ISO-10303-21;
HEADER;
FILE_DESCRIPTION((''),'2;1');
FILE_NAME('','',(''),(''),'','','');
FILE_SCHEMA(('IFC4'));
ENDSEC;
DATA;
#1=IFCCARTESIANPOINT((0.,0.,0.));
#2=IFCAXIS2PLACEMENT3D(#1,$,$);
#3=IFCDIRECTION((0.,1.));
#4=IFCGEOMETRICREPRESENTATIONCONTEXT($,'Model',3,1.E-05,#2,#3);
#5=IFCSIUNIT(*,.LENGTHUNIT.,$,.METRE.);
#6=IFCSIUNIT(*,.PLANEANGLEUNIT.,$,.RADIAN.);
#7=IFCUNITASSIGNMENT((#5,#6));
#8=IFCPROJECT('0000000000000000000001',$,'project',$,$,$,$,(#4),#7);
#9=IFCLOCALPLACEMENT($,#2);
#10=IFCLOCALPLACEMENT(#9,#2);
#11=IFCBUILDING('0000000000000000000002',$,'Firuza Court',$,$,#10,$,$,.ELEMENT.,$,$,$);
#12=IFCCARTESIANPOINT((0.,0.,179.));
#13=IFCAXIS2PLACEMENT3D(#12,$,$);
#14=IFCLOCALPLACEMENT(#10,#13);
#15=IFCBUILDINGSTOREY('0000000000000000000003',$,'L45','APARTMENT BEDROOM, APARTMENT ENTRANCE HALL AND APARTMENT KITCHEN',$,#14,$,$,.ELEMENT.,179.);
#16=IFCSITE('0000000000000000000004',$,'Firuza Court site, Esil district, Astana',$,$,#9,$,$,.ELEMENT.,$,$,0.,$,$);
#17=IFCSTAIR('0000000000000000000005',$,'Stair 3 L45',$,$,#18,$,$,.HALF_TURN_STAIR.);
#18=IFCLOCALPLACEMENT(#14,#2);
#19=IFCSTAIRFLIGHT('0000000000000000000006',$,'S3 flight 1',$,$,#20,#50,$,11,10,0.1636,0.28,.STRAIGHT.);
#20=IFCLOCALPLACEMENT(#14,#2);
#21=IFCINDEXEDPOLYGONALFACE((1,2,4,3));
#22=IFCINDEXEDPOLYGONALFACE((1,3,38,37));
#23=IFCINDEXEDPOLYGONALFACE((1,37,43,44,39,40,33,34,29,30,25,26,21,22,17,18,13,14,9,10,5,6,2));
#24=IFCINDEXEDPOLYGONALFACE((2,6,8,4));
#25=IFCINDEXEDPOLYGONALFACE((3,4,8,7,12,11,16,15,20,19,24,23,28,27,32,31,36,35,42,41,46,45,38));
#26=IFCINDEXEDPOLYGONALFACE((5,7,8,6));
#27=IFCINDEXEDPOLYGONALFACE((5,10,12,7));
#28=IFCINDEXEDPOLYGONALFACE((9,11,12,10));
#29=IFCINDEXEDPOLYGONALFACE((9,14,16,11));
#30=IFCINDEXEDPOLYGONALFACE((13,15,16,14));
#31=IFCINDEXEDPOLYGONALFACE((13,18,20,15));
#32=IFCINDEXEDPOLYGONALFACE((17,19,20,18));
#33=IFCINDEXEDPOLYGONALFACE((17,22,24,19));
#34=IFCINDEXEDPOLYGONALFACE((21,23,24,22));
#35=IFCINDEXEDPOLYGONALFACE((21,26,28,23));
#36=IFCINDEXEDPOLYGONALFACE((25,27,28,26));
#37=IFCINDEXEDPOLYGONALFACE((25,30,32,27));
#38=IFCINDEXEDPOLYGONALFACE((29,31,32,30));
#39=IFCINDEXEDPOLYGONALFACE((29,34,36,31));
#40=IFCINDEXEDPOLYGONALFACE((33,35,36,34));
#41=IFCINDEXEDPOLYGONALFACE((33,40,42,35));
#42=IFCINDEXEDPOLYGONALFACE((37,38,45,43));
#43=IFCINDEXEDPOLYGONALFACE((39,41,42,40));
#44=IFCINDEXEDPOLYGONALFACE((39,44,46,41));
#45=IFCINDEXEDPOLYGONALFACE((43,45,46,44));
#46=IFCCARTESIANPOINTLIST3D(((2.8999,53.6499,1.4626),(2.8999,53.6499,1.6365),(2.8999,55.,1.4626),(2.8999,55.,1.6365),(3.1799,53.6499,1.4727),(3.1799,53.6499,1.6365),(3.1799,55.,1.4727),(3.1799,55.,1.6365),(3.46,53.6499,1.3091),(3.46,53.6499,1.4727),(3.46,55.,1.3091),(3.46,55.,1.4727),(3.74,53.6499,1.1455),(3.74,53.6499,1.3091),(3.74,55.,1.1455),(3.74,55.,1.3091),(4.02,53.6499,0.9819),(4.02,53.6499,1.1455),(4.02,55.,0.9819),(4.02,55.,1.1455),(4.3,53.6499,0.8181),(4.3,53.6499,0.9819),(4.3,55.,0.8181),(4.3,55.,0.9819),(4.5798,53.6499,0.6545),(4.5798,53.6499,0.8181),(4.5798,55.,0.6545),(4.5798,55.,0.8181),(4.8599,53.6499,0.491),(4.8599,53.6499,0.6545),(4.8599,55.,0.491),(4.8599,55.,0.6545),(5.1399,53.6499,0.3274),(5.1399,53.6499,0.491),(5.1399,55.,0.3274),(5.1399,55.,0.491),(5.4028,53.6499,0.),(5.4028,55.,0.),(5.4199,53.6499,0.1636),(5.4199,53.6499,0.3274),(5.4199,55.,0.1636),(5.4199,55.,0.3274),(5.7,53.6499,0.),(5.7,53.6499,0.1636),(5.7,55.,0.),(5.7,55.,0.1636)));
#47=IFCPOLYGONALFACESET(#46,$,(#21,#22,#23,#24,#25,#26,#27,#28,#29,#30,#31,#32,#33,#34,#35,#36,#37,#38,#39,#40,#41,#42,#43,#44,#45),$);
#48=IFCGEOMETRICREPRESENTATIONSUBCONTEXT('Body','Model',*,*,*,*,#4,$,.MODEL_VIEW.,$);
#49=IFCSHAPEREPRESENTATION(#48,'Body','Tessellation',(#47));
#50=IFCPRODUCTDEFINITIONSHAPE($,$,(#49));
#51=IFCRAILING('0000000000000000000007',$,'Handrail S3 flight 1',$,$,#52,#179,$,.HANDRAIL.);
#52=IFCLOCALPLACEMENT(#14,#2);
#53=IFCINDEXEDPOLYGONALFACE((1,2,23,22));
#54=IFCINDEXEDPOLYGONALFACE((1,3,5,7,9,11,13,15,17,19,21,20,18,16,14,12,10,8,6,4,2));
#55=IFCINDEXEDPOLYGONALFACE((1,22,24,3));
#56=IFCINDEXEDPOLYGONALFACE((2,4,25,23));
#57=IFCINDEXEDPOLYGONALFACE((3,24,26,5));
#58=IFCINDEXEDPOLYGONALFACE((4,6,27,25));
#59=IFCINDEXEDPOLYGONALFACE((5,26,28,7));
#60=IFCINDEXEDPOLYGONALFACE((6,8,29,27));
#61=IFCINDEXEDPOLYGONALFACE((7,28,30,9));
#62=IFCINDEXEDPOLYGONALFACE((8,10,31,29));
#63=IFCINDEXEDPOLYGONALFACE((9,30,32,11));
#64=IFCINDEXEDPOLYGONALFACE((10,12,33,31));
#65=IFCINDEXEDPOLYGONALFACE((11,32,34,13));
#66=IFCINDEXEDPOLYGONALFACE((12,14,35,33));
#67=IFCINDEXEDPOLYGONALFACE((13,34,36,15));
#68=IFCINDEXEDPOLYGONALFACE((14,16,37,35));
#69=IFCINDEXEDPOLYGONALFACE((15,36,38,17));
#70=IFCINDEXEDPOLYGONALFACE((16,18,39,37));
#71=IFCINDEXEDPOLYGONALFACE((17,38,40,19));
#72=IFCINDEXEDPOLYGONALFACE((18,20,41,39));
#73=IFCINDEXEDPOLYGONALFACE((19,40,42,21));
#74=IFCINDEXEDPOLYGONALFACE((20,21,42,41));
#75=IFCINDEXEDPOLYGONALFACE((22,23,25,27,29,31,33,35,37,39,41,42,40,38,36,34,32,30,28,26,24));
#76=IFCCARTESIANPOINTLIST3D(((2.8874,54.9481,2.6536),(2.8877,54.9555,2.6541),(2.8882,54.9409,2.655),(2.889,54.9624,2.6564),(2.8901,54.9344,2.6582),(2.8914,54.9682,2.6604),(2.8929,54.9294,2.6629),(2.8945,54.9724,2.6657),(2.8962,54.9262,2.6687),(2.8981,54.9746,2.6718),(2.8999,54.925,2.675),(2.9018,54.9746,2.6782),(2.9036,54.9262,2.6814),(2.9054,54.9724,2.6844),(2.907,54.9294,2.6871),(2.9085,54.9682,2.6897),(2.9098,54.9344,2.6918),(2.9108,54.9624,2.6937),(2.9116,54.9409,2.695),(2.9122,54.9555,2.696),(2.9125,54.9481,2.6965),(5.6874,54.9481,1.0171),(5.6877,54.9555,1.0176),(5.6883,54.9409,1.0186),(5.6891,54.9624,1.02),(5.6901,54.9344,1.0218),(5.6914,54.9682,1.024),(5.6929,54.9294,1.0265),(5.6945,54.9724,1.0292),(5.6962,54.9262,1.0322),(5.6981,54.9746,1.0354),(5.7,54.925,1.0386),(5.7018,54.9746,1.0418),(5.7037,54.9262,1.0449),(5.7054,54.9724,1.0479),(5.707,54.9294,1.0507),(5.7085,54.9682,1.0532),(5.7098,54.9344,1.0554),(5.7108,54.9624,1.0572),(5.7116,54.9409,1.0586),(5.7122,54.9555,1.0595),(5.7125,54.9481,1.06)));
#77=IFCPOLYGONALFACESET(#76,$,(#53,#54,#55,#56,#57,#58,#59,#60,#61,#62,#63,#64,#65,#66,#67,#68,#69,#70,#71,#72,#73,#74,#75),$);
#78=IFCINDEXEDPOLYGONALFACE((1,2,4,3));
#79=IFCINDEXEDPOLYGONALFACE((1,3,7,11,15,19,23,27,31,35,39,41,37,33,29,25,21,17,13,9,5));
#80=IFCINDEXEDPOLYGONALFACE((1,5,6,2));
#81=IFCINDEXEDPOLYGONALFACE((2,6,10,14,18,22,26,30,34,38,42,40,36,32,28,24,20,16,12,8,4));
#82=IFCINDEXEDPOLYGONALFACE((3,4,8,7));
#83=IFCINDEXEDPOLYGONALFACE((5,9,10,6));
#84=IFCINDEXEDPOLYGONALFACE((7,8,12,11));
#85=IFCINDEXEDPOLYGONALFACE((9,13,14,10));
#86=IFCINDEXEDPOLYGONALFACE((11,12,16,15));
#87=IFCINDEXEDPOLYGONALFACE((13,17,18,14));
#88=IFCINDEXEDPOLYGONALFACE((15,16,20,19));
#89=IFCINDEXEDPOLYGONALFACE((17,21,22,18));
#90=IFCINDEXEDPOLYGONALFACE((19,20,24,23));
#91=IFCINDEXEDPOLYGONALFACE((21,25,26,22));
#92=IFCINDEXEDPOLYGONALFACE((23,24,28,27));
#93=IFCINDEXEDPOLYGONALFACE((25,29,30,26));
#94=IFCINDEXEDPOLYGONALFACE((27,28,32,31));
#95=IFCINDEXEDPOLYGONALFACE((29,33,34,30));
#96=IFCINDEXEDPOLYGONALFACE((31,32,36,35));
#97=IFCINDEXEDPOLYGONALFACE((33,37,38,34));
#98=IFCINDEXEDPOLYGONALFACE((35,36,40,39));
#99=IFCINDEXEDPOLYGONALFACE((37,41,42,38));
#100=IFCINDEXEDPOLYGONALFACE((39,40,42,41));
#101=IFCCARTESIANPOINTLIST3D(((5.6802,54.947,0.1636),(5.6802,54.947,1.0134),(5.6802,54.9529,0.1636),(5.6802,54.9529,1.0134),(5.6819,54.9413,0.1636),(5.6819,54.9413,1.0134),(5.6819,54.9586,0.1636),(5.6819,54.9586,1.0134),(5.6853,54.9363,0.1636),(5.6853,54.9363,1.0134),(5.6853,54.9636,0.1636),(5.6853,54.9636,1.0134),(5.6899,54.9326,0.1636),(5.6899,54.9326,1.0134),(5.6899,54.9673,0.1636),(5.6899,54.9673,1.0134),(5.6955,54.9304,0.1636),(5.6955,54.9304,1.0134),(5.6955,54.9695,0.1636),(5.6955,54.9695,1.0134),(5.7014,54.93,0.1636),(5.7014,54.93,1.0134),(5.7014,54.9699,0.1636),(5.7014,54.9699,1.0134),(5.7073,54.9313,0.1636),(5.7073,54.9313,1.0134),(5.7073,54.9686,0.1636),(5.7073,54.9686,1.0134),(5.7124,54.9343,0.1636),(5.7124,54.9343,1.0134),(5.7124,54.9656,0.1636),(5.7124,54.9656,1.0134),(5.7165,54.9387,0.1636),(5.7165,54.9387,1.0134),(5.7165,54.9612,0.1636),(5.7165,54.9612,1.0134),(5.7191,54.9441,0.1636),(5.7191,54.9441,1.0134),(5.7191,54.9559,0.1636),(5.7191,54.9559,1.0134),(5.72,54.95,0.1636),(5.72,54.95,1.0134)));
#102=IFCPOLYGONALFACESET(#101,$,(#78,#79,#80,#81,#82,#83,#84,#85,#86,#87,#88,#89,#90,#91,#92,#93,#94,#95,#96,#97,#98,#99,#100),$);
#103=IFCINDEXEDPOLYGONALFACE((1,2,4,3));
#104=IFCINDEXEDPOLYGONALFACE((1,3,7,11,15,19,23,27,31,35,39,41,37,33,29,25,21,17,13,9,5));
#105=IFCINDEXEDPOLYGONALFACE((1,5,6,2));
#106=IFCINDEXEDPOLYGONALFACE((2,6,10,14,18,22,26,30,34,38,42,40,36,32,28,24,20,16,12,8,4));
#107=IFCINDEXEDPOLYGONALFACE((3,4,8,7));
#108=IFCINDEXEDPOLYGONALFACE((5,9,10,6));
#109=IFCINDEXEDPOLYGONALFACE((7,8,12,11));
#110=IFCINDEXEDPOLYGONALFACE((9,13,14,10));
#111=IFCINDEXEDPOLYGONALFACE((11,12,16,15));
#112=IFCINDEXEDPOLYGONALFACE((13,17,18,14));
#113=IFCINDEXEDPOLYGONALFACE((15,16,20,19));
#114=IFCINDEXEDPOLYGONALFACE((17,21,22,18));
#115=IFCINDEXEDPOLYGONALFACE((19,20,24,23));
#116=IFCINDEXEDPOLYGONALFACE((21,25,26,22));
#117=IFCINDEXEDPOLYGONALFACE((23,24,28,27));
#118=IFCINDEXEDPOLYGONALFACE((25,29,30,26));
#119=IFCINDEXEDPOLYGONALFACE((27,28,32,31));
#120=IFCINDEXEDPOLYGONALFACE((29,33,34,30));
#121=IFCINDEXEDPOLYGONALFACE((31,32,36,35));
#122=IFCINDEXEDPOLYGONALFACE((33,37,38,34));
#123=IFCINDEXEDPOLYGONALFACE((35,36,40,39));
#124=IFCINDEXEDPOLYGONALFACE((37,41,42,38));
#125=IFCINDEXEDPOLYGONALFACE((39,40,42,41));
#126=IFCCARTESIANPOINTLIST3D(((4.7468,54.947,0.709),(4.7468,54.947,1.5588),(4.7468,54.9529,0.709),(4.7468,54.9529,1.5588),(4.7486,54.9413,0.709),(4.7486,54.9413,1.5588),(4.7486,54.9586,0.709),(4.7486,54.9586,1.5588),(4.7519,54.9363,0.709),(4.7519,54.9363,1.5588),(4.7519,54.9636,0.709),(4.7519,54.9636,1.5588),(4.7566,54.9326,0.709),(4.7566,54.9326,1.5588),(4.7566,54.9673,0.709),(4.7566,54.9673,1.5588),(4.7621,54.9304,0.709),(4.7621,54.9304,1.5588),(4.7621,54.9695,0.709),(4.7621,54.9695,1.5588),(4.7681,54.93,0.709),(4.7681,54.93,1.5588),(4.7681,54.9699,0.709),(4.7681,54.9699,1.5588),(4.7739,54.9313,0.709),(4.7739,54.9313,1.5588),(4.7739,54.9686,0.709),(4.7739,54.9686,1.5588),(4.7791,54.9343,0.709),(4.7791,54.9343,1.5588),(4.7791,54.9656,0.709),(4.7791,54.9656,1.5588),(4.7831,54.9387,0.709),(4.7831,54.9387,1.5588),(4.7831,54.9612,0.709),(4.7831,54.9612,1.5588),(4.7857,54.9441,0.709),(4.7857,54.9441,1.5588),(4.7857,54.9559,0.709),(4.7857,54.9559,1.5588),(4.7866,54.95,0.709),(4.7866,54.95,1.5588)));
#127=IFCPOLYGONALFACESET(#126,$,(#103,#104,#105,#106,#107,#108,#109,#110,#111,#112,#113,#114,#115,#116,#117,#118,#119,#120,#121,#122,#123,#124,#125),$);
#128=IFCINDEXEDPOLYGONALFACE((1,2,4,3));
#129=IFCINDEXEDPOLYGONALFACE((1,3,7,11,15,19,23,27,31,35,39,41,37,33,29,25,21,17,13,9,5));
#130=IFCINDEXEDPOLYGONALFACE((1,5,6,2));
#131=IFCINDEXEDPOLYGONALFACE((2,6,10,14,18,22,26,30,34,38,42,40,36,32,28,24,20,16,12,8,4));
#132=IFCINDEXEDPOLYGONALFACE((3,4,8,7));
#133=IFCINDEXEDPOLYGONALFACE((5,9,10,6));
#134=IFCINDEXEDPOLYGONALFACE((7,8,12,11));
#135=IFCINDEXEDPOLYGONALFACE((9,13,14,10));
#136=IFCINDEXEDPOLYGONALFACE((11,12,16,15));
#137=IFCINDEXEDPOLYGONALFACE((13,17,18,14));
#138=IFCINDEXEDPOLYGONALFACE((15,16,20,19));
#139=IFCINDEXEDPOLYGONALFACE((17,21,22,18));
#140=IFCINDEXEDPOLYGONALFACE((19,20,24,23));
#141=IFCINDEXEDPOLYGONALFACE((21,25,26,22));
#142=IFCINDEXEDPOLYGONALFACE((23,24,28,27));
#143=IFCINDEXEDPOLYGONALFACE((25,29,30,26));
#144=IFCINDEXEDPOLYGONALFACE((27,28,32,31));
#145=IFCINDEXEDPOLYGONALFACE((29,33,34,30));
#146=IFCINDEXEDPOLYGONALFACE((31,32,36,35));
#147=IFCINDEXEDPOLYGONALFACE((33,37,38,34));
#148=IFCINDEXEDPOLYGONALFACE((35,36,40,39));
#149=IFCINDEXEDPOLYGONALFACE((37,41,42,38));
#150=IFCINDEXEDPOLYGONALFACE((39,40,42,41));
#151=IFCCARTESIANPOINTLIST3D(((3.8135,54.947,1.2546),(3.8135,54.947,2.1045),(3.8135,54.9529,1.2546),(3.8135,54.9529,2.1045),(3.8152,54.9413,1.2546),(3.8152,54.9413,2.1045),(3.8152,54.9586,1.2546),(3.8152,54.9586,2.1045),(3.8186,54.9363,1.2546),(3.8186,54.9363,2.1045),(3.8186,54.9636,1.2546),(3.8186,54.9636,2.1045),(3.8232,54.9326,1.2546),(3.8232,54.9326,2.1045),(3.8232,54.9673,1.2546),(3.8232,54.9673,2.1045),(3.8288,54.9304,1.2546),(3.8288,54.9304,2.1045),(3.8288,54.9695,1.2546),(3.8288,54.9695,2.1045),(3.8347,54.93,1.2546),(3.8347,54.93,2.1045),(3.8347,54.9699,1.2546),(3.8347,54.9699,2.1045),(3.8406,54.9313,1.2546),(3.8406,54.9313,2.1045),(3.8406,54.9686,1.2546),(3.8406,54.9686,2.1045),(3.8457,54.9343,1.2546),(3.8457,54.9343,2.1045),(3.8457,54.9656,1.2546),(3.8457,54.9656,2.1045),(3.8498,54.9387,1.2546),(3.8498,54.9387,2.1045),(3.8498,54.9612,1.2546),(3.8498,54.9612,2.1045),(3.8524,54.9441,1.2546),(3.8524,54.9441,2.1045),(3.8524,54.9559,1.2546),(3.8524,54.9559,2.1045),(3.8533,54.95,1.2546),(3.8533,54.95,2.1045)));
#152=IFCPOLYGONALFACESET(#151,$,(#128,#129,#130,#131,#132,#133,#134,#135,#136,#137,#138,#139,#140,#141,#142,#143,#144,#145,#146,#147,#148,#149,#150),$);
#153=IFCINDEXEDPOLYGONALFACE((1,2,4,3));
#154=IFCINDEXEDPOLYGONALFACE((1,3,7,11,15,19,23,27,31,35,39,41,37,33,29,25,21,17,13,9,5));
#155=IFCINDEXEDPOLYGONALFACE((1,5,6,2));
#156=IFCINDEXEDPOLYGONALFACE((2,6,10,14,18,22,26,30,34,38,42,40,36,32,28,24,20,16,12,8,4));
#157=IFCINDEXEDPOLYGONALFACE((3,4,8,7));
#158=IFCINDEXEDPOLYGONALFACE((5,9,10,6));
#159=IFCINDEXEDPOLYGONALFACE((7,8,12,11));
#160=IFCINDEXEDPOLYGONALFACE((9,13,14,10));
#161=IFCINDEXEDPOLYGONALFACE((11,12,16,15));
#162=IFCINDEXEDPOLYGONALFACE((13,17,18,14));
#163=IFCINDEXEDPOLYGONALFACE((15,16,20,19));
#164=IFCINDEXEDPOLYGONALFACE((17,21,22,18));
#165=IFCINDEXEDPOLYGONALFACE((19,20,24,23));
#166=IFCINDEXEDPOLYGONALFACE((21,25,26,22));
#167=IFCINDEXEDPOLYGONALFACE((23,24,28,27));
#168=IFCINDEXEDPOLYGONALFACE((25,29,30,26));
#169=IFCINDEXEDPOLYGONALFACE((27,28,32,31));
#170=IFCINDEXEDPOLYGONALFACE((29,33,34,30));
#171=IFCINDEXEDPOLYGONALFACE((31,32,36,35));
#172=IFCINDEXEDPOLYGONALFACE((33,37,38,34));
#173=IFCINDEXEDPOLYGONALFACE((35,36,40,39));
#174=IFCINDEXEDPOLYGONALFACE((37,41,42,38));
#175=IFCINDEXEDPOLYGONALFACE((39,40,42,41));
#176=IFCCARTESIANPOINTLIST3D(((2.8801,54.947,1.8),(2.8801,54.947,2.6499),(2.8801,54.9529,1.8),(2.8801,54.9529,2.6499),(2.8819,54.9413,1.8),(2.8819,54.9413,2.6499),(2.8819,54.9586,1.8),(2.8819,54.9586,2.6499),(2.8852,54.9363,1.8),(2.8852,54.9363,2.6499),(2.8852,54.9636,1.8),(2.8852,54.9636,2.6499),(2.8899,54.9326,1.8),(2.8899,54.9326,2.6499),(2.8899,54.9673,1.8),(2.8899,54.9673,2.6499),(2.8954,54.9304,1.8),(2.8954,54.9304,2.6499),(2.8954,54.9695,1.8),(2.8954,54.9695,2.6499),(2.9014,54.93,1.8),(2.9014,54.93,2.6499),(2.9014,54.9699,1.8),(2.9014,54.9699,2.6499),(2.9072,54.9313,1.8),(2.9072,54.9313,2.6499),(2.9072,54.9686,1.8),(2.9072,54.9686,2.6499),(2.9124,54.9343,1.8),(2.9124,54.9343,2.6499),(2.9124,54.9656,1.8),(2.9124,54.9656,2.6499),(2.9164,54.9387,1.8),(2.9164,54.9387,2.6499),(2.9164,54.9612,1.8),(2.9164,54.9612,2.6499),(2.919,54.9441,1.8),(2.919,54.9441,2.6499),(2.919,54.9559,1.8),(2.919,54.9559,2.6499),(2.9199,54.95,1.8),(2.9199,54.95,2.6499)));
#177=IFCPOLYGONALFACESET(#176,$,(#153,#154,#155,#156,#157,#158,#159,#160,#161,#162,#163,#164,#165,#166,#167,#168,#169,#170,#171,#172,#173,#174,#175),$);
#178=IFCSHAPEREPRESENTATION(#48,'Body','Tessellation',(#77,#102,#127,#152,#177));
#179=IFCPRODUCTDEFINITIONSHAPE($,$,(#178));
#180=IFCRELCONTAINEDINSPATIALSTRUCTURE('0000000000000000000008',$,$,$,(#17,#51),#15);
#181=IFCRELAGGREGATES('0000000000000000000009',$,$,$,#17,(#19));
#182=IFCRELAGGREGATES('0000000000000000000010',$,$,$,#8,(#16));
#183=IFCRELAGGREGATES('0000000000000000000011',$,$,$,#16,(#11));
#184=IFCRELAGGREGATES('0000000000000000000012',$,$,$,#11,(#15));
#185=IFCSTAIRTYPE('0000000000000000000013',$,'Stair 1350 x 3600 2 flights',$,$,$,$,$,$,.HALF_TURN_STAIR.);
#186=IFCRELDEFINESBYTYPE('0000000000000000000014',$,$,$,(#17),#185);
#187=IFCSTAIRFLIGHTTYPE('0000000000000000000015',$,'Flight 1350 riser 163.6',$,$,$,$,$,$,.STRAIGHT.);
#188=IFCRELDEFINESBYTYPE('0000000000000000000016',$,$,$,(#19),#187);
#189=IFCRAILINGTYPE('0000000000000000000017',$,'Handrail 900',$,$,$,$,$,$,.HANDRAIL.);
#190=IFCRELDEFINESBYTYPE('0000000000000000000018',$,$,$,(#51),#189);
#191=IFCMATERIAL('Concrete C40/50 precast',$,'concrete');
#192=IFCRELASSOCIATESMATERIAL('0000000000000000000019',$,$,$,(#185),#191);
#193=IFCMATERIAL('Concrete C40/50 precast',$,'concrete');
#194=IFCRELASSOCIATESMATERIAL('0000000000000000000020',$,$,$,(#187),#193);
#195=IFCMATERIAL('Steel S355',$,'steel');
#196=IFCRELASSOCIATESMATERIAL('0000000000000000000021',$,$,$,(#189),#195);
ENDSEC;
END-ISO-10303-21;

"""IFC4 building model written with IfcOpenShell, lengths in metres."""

from ifc_helpers import new_model, si_unit, direction, frame, origin, origin_2d, place, context, subcontext, project, spatial, polyline, circle, outline, extrude, material, type_object, element, aggregate, save


model = new_model("IFC4")

# Units and contexts
model_context = context("Model", 3, precision=1e-05, world=origin(), true_north=direction((0.0, 1.0)))
body_context = subcontext(model_context, "Body", "Model", "MODEL_VIEW")
ifc_project = project(units=[si_unit("LENGTHUNIT", "METRE"), si_unit("PLANEANGLEUNIT", "RADIAN")], contexts=[model_context])

# Site, building, storey
site_placement = place(None, origin())
site = spatial("IfcSite", under=ifc_project, at=site_placement, Name="Firuza Court site, Esil district, Astana", CompositionType="ELEMENT", RefElevation=0.0)
building_placement = place(site_placement, origin())
building = spatial("IfcBuilding", under=site, at=building_placement, Name="Firuza Court", CompositionType="ELEMENT")
storey_placement = place(building_placement, frame((0.0, 0.0, 179.0)))
storey = spatial("IfcBuildingStorey", under=building, at=storey_placement, Name="L45", Description="APARTMENT BEDROOM, APARTMENT ENTRANCE HALL AND APARTMENT KITCHEN", CompositionType="ELEMENT", Elevation=179.0)

# Stair, stair flight
ifc_material_1 = material(Name="Concrete C40/50 precast", Category="concrete")
stair_type = type_object("IfcStairType", Name="Stair 1350 x 3600 2 flights", PredefinedType="HALF_TURN_STAIR", material=ifc_material_1)
stair_placement = place(storey_placement, origin())
stair = element("IfcStair", 1, at=stair_placement, inside=storey, type_object=stair_type, Name="Stair 3 L45", PredefinedType="HALF_TURN_STAIR")
ifc_material_2 = material(Name="Concrete C40/50 precast", Category="concrete")
stair_flight_type = type_object("IfcStairFlightType", Name="Flight 1350 riser 163.6", PredefinedType="STRAIGHT", material=ifc_material_2)
stair_flight_placement = place(storey_placement, frame((5.7, 54.325, 0.0), z_axis=(0.0, 0.0, 1.0), x_axis=(-1.0, 0.0, 0.0)))
stair_flight = element("IfcStairFlight", 2, at=stair_flight_placement, type_object=stair_flight_type, Name="S3 flight 1", NumberOfRisers=11, NumberOfTreads=10, PredefinedType="STRAIGHT", RiserHeight=0.1636, TreadLength=0.28, context=body_context, shape_type="SweptSolid", body=[
    extrude(outline(polyline([(0.0, 0.0), (0.0, 0.1636), (0.28, 0.1636), (0.28, 0.3274), (0.5601, 0.3274), (0.5601, 0.491), (0.8401, 0.491), (0.8401, 0.6545), (1.1201, 0.6545), (1.1201, 0.8181), (1.3999, 0.8181), (1.3999, 0.9819), (1.6799, 0.9819), (1.6799, 1.1455), (1.96, 1.1455), (1.96, 1.3091), (2.24, 1.3091), (2.24, 1.4727), (2.52, 1.4727), (2.52, 1.6365), (2.8, 1.6365), (2.8, 1.8), (2.8, 1.4626), (0.2971, 0.0), (0.0, 0.0)])), frame((0.0, 0.675, 0.0), z_axis=(0.0, -1.0, 0.0), x_axis=(1.0, 0.0, 0.0)), (0.0, 0.0, 1.0), 1.3501),
])
aggregate(stair, [stair_flight])

# Railing
ifc_material_3 = material(Name="Steel S355", Category="steel")
railing_type_1 = type_object("IfcRailingType", Name="Handrail 900", PredefinedType="HANDRAIL", material=ifc_material_3)
railing_1_placement = place(storey_placement, frame((5.7, 54.95, 0.1636)))
element("IfcRailing", 3, at=railing_1_placement, inside=storey, type_object=railing_type_1, Name="Handrail S3 flight 1", PredefinedType="HANDRAIL", context=body_context, shape_type="SweptSolid", body=[
    extrude(circle(Radius=0.0249, at=origin_2d()), frame((0.0, 0.0, 0.875), z_axis=(-0.863361, 0.0, 0.504587), x_axis=(0.0, -1.0, 0.0)), (0.0, 0.0, 1.0), 3.2432),
    extrude(circle(Radius=0.02, at=origin_2d()), origin(), (0.0, 0.0, 1.0), 0.8499),
    extrude(circle(Radius=0.02, at=origin_2d()), frame((-0.9333, 0.0, 0.5454)), (0.0, 0.0, 1.0), 0.8499),
    extrude(circle(Radius=0.02, at=origin_2d()), frame((-1.8667, 0.0, 1.0911)), (0.0, 0.0, 1.0), 0.8499),
    extrude(circle(Radius=0.02, at=origin_2d()), frame((-2.8, 0.0, 1.6365)), (0.0, 0.0, 1.0), 0.8499),
])

save(model, "model.ifc")
